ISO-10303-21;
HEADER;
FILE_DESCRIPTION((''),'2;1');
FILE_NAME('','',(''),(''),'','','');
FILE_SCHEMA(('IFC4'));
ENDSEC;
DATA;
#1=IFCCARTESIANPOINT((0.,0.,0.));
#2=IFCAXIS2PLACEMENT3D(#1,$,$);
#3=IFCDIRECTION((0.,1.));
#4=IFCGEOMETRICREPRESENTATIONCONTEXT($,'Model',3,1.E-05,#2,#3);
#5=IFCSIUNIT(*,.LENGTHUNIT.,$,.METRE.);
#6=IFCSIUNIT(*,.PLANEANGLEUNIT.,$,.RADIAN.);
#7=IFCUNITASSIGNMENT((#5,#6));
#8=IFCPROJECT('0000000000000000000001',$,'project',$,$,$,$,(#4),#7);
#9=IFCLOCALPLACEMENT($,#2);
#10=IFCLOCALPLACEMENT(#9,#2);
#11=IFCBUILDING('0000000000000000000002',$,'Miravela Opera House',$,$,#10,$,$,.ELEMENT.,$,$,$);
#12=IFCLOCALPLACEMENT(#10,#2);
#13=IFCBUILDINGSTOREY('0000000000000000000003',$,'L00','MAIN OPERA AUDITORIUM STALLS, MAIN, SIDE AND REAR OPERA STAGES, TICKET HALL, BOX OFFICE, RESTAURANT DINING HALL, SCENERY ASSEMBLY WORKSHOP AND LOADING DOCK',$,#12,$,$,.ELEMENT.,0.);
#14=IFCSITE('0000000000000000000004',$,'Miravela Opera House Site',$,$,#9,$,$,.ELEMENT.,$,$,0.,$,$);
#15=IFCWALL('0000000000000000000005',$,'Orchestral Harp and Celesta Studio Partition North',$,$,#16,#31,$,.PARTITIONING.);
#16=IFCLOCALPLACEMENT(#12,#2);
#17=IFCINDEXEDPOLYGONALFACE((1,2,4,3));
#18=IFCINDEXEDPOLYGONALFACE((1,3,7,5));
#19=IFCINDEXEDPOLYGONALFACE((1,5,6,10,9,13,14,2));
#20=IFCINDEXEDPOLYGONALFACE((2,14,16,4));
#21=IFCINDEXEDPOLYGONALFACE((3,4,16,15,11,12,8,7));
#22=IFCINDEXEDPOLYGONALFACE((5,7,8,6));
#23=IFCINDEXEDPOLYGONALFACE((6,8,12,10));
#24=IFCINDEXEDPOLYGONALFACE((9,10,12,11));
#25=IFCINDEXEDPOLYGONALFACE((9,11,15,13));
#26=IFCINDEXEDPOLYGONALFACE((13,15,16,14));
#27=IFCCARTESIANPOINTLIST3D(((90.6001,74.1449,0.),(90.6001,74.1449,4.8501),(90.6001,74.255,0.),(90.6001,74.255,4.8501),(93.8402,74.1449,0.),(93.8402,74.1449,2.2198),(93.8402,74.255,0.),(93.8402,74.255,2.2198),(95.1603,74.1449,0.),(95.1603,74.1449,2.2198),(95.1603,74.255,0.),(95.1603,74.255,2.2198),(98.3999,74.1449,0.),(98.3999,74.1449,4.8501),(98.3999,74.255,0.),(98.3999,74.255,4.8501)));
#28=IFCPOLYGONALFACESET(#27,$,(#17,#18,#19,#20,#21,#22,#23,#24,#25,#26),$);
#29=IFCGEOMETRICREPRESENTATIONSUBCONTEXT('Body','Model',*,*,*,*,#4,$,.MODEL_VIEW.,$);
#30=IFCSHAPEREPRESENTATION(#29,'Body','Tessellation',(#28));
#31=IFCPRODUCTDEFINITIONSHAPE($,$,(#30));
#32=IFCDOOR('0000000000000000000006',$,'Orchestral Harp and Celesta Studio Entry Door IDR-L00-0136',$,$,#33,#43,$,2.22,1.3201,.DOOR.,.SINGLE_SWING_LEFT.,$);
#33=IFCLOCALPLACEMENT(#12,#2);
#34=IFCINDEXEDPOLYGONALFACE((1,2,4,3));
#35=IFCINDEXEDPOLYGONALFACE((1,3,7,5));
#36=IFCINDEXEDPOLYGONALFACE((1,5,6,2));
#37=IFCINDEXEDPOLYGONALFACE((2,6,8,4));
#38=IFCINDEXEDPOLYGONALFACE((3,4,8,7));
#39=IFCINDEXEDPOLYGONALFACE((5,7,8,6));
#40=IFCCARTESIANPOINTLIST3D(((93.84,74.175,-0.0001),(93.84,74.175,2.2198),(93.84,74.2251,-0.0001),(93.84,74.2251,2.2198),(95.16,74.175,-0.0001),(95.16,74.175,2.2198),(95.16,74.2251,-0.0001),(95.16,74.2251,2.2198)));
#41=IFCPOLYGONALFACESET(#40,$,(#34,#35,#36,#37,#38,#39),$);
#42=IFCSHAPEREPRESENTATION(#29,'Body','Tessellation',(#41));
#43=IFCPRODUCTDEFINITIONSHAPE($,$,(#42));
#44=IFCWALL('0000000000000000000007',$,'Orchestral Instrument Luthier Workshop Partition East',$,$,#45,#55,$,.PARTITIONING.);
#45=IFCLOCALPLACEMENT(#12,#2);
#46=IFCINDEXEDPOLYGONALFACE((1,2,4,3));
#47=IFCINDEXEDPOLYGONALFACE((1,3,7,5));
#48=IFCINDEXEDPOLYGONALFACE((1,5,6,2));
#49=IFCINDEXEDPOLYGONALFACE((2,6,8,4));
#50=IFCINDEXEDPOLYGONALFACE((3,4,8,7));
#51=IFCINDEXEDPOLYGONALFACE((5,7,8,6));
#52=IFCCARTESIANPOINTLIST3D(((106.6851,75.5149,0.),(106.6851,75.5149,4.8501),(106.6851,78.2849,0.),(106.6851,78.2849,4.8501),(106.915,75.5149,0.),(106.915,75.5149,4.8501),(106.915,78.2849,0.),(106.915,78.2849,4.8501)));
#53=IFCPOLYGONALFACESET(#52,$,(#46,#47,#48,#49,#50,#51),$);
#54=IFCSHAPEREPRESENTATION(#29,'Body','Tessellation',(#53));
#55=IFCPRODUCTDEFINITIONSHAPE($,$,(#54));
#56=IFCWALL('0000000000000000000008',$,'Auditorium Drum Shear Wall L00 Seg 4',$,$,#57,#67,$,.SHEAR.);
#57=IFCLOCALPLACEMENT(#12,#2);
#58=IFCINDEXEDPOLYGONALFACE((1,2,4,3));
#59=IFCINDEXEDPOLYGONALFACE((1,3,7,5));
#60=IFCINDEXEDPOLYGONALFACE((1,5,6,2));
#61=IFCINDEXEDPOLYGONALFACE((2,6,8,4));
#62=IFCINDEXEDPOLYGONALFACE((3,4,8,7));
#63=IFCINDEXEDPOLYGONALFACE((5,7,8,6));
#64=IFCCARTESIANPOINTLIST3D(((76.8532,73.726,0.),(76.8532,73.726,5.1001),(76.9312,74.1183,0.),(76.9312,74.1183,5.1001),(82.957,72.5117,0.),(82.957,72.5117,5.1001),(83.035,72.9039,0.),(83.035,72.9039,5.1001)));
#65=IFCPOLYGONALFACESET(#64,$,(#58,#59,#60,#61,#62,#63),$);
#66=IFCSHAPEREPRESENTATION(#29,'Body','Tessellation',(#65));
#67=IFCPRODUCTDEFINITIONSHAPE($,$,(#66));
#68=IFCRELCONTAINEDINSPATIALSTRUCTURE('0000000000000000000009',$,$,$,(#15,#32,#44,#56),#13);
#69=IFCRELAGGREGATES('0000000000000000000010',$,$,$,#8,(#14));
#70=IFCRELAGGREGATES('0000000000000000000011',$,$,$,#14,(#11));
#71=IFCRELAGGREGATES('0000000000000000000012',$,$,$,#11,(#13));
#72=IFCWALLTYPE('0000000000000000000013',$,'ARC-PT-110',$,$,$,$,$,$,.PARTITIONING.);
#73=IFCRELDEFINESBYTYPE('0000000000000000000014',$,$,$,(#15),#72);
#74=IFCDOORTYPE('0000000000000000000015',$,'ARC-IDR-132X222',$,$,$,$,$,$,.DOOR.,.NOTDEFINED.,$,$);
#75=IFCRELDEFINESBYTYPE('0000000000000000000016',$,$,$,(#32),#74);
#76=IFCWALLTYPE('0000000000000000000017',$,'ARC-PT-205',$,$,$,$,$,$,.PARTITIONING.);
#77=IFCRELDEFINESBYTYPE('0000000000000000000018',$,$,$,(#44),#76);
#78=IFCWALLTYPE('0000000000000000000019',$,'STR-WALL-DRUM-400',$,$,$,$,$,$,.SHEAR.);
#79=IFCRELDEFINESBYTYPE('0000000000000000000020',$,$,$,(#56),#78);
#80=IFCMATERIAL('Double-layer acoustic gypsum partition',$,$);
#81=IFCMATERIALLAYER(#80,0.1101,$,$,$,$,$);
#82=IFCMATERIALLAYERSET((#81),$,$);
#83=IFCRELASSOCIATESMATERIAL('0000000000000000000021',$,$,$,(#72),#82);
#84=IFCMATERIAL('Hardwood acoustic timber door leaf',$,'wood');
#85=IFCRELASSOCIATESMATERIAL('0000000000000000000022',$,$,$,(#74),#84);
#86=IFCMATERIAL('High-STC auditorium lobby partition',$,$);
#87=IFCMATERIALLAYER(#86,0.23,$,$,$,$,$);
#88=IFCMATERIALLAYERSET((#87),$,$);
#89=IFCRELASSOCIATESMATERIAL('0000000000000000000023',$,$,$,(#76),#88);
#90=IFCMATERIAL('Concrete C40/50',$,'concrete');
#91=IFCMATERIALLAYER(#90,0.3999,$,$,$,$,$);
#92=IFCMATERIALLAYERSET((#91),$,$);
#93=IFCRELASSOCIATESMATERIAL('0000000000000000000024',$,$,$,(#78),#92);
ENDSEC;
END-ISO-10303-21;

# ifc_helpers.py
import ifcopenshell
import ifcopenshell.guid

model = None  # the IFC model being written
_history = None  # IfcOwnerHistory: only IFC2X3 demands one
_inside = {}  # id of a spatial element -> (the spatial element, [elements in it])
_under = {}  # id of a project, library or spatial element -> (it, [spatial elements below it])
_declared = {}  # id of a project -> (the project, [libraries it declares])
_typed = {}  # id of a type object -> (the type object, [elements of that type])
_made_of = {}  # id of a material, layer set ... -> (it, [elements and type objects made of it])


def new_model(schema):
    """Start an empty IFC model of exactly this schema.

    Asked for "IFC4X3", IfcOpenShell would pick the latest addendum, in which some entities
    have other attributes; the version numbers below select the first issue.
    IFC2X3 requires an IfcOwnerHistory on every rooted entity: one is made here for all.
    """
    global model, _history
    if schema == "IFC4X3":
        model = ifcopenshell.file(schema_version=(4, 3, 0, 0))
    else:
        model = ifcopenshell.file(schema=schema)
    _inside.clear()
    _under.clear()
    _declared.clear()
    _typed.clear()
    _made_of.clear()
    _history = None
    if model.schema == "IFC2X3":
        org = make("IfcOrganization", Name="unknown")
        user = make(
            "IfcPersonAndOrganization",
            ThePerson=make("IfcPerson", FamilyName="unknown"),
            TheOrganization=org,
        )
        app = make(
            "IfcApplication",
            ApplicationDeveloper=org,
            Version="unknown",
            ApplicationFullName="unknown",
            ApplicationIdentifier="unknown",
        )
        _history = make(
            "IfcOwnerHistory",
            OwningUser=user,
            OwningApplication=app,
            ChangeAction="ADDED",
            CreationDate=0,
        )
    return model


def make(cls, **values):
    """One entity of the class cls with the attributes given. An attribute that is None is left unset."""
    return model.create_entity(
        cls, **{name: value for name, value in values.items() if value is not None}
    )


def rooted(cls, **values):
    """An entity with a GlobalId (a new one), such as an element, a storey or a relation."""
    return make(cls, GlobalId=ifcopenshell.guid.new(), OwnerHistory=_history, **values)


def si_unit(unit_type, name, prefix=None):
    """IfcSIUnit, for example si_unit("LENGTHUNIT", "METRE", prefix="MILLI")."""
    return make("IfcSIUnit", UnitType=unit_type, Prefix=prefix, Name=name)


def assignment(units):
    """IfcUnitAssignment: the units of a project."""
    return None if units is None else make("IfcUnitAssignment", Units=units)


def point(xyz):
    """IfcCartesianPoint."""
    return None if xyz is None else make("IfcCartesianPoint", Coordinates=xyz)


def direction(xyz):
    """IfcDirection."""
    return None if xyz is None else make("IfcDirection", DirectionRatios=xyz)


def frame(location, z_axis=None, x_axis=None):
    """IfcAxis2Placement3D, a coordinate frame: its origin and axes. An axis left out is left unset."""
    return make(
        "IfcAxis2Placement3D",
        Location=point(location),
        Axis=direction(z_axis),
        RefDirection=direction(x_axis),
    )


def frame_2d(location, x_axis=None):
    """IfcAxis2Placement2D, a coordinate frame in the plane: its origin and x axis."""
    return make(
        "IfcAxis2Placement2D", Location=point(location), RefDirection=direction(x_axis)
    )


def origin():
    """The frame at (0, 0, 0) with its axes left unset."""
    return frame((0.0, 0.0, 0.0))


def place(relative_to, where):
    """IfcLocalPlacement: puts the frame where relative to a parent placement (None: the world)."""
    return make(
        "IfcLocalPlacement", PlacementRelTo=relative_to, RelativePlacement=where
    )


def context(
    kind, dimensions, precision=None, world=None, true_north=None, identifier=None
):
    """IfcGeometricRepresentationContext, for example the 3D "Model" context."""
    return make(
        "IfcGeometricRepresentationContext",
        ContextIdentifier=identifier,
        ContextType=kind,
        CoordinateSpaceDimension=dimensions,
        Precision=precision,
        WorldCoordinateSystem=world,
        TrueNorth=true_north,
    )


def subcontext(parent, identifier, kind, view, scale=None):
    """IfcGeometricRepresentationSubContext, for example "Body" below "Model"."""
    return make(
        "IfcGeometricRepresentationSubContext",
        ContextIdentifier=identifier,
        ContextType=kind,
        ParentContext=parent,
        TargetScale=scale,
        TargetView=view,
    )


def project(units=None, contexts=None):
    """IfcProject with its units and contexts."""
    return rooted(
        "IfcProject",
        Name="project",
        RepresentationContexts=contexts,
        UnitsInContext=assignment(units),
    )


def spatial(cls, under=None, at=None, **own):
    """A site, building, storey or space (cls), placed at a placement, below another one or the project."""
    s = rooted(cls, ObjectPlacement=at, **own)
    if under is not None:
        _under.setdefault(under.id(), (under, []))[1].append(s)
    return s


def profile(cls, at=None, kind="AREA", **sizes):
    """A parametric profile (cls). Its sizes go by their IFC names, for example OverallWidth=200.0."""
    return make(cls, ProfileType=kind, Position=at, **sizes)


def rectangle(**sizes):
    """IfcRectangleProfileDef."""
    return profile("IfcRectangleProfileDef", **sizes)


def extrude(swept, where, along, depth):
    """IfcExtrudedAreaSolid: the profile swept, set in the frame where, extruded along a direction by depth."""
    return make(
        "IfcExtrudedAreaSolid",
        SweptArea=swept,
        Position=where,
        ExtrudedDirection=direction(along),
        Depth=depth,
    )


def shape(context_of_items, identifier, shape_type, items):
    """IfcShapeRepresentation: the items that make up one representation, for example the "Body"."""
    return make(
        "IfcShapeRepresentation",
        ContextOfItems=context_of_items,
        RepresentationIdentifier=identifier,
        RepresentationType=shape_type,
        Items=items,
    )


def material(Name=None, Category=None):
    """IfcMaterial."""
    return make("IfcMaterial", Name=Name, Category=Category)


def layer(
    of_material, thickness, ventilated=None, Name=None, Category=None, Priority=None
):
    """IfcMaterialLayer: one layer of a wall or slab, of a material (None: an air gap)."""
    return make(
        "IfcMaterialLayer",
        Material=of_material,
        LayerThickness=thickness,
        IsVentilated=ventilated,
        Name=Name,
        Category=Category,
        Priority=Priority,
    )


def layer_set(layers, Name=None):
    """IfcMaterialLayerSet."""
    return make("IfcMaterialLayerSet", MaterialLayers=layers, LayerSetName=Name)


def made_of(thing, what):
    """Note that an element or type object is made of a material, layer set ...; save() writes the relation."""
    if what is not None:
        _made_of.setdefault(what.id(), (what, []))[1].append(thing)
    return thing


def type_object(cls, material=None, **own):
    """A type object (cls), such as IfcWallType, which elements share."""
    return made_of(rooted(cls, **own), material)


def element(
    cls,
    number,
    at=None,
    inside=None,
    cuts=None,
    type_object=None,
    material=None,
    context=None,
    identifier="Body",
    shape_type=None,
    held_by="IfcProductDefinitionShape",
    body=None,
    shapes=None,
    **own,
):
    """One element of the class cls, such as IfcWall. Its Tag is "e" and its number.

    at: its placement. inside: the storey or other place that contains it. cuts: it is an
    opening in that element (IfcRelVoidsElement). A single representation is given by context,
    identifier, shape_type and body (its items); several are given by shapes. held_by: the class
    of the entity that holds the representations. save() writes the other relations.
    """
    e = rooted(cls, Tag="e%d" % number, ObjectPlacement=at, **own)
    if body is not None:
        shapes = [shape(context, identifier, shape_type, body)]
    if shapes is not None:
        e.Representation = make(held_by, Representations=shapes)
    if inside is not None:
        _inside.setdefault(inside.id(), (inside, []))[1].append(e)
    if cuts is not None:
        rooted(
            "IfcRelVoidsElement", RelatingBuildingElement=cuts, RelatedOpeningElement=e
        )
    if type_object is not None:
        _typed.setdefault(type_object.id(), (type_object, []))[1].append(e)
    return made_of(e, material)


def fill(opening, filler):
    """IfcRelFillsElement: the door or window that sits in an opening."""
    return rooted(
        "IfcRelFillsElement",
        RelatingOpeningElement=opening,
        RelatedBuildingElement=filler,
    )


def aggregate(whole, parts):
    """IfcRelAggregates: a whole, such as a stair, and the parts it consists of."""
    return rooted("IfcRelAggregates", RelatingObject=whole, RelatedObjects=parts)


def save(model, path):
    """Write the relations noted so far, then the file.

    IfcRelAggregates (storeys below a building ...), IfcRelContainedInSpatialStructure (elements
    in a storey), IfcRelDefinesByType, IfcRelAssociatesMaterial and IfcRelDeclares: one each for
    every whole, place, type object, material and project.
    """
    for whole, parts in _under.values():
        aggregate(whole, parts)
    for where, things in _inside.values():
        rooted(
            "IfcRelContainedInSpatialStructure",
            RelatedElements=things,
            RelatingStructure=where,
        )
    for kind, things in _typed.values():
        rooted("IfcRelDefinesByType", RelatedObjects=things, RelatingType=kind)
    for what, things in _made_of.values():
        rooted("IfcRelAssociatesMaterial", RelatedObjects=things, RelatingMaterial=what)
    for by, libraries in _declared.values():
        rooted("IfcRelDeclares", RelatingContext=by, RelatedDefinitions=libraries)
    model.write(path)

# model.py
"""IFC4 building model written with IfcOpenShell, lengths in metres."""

from ifc_helpers import new_model, si_unit, direction, frame, frame_2d, origin, place, context, subcontext, project, spatial, rectangle, extrude, material, layer, layer_set, type_object, element, fill, save


model = new_model("IFC4")

# Units and contexts
model_context = context("Model", 3, precision=1e-05, world=origin(), true_north=direction((0.0, 1.0)))
body_context = subcontext(model_context, "Body", "Model", "MODEL_VIEW")
ifc_project = project(units=[si_unit("LENGTHUNIT", "METRE"), si_unit("PLANEANGLEUNIT", "RADIAN")], contexts=[model_context])

# Site, building, storey
site_placement = place(None, origin())
site = spatial("IfcSite", under=ifc_project, at=site_placement, Name="Miravela Opera House Site", CompositionType="ELEMENT", RefElevation=0.0)
building_placement = place(site_placement, origin())
building = spatial("IfcBuilding", under=site, at=building_placement, Name="Miravela Opera House", CompositionType="ELEMENT")
storey_placement = place(building_placement, origin())
storey = spatial("IfcBuildingStorey", under=building, at=storey_placement, Name="L00", Description="MAIN OPERA AUDITORIUM STALLS, MAIN, SIDE AND REAR OPERA STAGES, TICKET HALL, BOX OFFICE, RESTAURANT DINING HALL, SCENERY ASSEMBLY WORKSHOP AND LOADING DOCK", CompositionType="ELEMENT", Elevation=0.0)

# Shared definitions
ifc_material_1 = material(Name="Concrete C40/50", Category="concrete")

# Wall, opening, door
ifc_material_2 = material(Name="Double-layer acoustic gypsum partition")
ifc_layer_1 = layer(ifc_material_2, 0.1101)
ifc_layer_set_1 = layer_set([ifc_layer_1])
wall_type_1 = type_object("IfcWallType", Name="ARC-PT-110", PredefinedType="PARTITIONING", material=ifc_layer_set_1)
wall_1_placement = place(storey_placement, frame((90.6001, 74.2, 0.0), z_axis=(0.0, 0.0, 1.0), x_axis=(1.0, 0.0, 0.0)))
wall_1 = element("IfcWall", 1, at=wall_1_placement, inside=storey, type_object=wall_type_1, Name="Orchestral Harp and Celesta Studio Partition North", PredefinedType="PARTITIONING", context=body_context, shape_type="SweptSolid", body=[
    extrude(rectangle(XDim=7.7998, YDim=0.1101, at=frame_2d((3.8999, 0.0))), origin(), (0.0, 0.0, 1.0), 4.8501),
])
opening_placement = place(wall_1_placement, frame((3.24, 0.0, 0.0)))
opening = element("IfcOpeningElement", 2, at=opening_placement, cuts=wall_1, PredefinedType="OPENING", context=body_context, shape_type="SweptSolid", body=[
    extrude(rectangle(XDim=1.3201, YDim=2.22, at=frame_2d((0.6602, 1.1099))), frame((0.0, 0.0649, 0.0), z_axis=(0.0, -1.0, 0.0), x_axis=(1.0, 0.0, 0.0)), (0.0, 0.0, 1.0), 0.1301),
])
ifc_material_3 = material(Name="Hardwood acoustic timber door leaf", Category="wood")
door_type = type_object("IfcDoorType", Name="ARC-IDR-132X222", OperationType="NOTDEFINED", PredefinedType="DOOR", material=ifc_material_3)
door_placement = place(opening_placement, frame((1.3201, 0.0, 0.0), z_axis=(0.0, 0.0, 1.0), x_axis=(-1.0, 0.0, 0.0)))
door = element("IfcDoor", 3, at=door_placement, inside=storey, type_object=door_type, Name="Orchestral Harp and Celesta Studio Entry Door IDR-L00-0136", OperationType="SINGLE_SWING_LEFT", OverallHeight=2.22, OverallWidth=1.3201, PredefinedType="DOOR", context=body_context, shape_type="SweptSolid", body=[
    extrude(rectangle(XDim=1.3201, YDim=2.22, at=frame_2d((0.6602, 1.1099))), frame((0.0, 0.0249, 0.0), z_axis=(0.0, -1.0, 0.0), x_axis=(1.0, 0.0, 0.0)), (0.0, 0.0, 1.0), 0.05),
])
fill(opening, door)

# Walls
ifc_material_4 = material(Name="High-STC auditorium lobby partition")
ifc_layer_2 = layer(ifc_material_4, 0.23)
ifc_layer_set_2 = layer_set([ifc_layer_2])
wall_type_2 = type_object("IfcWallType", Name="ARC-PT-205", PredefinedType="PARTITIONING", material=ifc_layer_set_2)
wall_2_placement = place(storey_placement, frame((106.8, 75.5149, 0.0), z_axis=(0.0, 0.0, 1.0), x_axis=(0.0, 1.0, 0.0)))
element("IfcWall", 4, at=wall_2_placement, inside=storey, type_object=wall_type_2, Name="Orchestral Instrument Luthier Workshop Partition East", PredefinedType="PARTITIONING", context=body_context, shape_type="SweptSolid", body=[
    extrude(rectangle(XDim=2.77, YDim=0.23, at=frame_2d((1.385, 0.0))), origin(), (0.0, 0.0, 1.0), 4.8501),
])
ifc_layer_3 = layer(ifc_material_1, 0.3999)
ifc_layer_set_3 = layer_set([ifc_layer_3])
wall_type_3 = type_object("IfcWallType", Name="STR-WALL-DRUM-400", PredefinedType="SHEAR", material=ifc_layer_set_3)
wall_3_placement = place(storey_placement, frame((82.9961, 72.7078, 0.0), z_axis=(0.0, 0.0, 1.0), x_axis=(-0.980778, 0.195128, 0.0)))
element("IfcWall", 5, at=wall_3_placement, inside=storey, type_object=wall_type_3, Name="Auditorium Drum Shear Wall L00 Seg 4", PredefinedType="SHEAR", context=body_context, shape_type="SweptSolid", body=[
    extrude(rectangle(XDim=6.2234, YDim=0.3999, at=frame_2d((3.1118, 0.0))), origin(), (0.0, 0.0, 1.0), 5.1001),
])

save(model, "model.ifc")
